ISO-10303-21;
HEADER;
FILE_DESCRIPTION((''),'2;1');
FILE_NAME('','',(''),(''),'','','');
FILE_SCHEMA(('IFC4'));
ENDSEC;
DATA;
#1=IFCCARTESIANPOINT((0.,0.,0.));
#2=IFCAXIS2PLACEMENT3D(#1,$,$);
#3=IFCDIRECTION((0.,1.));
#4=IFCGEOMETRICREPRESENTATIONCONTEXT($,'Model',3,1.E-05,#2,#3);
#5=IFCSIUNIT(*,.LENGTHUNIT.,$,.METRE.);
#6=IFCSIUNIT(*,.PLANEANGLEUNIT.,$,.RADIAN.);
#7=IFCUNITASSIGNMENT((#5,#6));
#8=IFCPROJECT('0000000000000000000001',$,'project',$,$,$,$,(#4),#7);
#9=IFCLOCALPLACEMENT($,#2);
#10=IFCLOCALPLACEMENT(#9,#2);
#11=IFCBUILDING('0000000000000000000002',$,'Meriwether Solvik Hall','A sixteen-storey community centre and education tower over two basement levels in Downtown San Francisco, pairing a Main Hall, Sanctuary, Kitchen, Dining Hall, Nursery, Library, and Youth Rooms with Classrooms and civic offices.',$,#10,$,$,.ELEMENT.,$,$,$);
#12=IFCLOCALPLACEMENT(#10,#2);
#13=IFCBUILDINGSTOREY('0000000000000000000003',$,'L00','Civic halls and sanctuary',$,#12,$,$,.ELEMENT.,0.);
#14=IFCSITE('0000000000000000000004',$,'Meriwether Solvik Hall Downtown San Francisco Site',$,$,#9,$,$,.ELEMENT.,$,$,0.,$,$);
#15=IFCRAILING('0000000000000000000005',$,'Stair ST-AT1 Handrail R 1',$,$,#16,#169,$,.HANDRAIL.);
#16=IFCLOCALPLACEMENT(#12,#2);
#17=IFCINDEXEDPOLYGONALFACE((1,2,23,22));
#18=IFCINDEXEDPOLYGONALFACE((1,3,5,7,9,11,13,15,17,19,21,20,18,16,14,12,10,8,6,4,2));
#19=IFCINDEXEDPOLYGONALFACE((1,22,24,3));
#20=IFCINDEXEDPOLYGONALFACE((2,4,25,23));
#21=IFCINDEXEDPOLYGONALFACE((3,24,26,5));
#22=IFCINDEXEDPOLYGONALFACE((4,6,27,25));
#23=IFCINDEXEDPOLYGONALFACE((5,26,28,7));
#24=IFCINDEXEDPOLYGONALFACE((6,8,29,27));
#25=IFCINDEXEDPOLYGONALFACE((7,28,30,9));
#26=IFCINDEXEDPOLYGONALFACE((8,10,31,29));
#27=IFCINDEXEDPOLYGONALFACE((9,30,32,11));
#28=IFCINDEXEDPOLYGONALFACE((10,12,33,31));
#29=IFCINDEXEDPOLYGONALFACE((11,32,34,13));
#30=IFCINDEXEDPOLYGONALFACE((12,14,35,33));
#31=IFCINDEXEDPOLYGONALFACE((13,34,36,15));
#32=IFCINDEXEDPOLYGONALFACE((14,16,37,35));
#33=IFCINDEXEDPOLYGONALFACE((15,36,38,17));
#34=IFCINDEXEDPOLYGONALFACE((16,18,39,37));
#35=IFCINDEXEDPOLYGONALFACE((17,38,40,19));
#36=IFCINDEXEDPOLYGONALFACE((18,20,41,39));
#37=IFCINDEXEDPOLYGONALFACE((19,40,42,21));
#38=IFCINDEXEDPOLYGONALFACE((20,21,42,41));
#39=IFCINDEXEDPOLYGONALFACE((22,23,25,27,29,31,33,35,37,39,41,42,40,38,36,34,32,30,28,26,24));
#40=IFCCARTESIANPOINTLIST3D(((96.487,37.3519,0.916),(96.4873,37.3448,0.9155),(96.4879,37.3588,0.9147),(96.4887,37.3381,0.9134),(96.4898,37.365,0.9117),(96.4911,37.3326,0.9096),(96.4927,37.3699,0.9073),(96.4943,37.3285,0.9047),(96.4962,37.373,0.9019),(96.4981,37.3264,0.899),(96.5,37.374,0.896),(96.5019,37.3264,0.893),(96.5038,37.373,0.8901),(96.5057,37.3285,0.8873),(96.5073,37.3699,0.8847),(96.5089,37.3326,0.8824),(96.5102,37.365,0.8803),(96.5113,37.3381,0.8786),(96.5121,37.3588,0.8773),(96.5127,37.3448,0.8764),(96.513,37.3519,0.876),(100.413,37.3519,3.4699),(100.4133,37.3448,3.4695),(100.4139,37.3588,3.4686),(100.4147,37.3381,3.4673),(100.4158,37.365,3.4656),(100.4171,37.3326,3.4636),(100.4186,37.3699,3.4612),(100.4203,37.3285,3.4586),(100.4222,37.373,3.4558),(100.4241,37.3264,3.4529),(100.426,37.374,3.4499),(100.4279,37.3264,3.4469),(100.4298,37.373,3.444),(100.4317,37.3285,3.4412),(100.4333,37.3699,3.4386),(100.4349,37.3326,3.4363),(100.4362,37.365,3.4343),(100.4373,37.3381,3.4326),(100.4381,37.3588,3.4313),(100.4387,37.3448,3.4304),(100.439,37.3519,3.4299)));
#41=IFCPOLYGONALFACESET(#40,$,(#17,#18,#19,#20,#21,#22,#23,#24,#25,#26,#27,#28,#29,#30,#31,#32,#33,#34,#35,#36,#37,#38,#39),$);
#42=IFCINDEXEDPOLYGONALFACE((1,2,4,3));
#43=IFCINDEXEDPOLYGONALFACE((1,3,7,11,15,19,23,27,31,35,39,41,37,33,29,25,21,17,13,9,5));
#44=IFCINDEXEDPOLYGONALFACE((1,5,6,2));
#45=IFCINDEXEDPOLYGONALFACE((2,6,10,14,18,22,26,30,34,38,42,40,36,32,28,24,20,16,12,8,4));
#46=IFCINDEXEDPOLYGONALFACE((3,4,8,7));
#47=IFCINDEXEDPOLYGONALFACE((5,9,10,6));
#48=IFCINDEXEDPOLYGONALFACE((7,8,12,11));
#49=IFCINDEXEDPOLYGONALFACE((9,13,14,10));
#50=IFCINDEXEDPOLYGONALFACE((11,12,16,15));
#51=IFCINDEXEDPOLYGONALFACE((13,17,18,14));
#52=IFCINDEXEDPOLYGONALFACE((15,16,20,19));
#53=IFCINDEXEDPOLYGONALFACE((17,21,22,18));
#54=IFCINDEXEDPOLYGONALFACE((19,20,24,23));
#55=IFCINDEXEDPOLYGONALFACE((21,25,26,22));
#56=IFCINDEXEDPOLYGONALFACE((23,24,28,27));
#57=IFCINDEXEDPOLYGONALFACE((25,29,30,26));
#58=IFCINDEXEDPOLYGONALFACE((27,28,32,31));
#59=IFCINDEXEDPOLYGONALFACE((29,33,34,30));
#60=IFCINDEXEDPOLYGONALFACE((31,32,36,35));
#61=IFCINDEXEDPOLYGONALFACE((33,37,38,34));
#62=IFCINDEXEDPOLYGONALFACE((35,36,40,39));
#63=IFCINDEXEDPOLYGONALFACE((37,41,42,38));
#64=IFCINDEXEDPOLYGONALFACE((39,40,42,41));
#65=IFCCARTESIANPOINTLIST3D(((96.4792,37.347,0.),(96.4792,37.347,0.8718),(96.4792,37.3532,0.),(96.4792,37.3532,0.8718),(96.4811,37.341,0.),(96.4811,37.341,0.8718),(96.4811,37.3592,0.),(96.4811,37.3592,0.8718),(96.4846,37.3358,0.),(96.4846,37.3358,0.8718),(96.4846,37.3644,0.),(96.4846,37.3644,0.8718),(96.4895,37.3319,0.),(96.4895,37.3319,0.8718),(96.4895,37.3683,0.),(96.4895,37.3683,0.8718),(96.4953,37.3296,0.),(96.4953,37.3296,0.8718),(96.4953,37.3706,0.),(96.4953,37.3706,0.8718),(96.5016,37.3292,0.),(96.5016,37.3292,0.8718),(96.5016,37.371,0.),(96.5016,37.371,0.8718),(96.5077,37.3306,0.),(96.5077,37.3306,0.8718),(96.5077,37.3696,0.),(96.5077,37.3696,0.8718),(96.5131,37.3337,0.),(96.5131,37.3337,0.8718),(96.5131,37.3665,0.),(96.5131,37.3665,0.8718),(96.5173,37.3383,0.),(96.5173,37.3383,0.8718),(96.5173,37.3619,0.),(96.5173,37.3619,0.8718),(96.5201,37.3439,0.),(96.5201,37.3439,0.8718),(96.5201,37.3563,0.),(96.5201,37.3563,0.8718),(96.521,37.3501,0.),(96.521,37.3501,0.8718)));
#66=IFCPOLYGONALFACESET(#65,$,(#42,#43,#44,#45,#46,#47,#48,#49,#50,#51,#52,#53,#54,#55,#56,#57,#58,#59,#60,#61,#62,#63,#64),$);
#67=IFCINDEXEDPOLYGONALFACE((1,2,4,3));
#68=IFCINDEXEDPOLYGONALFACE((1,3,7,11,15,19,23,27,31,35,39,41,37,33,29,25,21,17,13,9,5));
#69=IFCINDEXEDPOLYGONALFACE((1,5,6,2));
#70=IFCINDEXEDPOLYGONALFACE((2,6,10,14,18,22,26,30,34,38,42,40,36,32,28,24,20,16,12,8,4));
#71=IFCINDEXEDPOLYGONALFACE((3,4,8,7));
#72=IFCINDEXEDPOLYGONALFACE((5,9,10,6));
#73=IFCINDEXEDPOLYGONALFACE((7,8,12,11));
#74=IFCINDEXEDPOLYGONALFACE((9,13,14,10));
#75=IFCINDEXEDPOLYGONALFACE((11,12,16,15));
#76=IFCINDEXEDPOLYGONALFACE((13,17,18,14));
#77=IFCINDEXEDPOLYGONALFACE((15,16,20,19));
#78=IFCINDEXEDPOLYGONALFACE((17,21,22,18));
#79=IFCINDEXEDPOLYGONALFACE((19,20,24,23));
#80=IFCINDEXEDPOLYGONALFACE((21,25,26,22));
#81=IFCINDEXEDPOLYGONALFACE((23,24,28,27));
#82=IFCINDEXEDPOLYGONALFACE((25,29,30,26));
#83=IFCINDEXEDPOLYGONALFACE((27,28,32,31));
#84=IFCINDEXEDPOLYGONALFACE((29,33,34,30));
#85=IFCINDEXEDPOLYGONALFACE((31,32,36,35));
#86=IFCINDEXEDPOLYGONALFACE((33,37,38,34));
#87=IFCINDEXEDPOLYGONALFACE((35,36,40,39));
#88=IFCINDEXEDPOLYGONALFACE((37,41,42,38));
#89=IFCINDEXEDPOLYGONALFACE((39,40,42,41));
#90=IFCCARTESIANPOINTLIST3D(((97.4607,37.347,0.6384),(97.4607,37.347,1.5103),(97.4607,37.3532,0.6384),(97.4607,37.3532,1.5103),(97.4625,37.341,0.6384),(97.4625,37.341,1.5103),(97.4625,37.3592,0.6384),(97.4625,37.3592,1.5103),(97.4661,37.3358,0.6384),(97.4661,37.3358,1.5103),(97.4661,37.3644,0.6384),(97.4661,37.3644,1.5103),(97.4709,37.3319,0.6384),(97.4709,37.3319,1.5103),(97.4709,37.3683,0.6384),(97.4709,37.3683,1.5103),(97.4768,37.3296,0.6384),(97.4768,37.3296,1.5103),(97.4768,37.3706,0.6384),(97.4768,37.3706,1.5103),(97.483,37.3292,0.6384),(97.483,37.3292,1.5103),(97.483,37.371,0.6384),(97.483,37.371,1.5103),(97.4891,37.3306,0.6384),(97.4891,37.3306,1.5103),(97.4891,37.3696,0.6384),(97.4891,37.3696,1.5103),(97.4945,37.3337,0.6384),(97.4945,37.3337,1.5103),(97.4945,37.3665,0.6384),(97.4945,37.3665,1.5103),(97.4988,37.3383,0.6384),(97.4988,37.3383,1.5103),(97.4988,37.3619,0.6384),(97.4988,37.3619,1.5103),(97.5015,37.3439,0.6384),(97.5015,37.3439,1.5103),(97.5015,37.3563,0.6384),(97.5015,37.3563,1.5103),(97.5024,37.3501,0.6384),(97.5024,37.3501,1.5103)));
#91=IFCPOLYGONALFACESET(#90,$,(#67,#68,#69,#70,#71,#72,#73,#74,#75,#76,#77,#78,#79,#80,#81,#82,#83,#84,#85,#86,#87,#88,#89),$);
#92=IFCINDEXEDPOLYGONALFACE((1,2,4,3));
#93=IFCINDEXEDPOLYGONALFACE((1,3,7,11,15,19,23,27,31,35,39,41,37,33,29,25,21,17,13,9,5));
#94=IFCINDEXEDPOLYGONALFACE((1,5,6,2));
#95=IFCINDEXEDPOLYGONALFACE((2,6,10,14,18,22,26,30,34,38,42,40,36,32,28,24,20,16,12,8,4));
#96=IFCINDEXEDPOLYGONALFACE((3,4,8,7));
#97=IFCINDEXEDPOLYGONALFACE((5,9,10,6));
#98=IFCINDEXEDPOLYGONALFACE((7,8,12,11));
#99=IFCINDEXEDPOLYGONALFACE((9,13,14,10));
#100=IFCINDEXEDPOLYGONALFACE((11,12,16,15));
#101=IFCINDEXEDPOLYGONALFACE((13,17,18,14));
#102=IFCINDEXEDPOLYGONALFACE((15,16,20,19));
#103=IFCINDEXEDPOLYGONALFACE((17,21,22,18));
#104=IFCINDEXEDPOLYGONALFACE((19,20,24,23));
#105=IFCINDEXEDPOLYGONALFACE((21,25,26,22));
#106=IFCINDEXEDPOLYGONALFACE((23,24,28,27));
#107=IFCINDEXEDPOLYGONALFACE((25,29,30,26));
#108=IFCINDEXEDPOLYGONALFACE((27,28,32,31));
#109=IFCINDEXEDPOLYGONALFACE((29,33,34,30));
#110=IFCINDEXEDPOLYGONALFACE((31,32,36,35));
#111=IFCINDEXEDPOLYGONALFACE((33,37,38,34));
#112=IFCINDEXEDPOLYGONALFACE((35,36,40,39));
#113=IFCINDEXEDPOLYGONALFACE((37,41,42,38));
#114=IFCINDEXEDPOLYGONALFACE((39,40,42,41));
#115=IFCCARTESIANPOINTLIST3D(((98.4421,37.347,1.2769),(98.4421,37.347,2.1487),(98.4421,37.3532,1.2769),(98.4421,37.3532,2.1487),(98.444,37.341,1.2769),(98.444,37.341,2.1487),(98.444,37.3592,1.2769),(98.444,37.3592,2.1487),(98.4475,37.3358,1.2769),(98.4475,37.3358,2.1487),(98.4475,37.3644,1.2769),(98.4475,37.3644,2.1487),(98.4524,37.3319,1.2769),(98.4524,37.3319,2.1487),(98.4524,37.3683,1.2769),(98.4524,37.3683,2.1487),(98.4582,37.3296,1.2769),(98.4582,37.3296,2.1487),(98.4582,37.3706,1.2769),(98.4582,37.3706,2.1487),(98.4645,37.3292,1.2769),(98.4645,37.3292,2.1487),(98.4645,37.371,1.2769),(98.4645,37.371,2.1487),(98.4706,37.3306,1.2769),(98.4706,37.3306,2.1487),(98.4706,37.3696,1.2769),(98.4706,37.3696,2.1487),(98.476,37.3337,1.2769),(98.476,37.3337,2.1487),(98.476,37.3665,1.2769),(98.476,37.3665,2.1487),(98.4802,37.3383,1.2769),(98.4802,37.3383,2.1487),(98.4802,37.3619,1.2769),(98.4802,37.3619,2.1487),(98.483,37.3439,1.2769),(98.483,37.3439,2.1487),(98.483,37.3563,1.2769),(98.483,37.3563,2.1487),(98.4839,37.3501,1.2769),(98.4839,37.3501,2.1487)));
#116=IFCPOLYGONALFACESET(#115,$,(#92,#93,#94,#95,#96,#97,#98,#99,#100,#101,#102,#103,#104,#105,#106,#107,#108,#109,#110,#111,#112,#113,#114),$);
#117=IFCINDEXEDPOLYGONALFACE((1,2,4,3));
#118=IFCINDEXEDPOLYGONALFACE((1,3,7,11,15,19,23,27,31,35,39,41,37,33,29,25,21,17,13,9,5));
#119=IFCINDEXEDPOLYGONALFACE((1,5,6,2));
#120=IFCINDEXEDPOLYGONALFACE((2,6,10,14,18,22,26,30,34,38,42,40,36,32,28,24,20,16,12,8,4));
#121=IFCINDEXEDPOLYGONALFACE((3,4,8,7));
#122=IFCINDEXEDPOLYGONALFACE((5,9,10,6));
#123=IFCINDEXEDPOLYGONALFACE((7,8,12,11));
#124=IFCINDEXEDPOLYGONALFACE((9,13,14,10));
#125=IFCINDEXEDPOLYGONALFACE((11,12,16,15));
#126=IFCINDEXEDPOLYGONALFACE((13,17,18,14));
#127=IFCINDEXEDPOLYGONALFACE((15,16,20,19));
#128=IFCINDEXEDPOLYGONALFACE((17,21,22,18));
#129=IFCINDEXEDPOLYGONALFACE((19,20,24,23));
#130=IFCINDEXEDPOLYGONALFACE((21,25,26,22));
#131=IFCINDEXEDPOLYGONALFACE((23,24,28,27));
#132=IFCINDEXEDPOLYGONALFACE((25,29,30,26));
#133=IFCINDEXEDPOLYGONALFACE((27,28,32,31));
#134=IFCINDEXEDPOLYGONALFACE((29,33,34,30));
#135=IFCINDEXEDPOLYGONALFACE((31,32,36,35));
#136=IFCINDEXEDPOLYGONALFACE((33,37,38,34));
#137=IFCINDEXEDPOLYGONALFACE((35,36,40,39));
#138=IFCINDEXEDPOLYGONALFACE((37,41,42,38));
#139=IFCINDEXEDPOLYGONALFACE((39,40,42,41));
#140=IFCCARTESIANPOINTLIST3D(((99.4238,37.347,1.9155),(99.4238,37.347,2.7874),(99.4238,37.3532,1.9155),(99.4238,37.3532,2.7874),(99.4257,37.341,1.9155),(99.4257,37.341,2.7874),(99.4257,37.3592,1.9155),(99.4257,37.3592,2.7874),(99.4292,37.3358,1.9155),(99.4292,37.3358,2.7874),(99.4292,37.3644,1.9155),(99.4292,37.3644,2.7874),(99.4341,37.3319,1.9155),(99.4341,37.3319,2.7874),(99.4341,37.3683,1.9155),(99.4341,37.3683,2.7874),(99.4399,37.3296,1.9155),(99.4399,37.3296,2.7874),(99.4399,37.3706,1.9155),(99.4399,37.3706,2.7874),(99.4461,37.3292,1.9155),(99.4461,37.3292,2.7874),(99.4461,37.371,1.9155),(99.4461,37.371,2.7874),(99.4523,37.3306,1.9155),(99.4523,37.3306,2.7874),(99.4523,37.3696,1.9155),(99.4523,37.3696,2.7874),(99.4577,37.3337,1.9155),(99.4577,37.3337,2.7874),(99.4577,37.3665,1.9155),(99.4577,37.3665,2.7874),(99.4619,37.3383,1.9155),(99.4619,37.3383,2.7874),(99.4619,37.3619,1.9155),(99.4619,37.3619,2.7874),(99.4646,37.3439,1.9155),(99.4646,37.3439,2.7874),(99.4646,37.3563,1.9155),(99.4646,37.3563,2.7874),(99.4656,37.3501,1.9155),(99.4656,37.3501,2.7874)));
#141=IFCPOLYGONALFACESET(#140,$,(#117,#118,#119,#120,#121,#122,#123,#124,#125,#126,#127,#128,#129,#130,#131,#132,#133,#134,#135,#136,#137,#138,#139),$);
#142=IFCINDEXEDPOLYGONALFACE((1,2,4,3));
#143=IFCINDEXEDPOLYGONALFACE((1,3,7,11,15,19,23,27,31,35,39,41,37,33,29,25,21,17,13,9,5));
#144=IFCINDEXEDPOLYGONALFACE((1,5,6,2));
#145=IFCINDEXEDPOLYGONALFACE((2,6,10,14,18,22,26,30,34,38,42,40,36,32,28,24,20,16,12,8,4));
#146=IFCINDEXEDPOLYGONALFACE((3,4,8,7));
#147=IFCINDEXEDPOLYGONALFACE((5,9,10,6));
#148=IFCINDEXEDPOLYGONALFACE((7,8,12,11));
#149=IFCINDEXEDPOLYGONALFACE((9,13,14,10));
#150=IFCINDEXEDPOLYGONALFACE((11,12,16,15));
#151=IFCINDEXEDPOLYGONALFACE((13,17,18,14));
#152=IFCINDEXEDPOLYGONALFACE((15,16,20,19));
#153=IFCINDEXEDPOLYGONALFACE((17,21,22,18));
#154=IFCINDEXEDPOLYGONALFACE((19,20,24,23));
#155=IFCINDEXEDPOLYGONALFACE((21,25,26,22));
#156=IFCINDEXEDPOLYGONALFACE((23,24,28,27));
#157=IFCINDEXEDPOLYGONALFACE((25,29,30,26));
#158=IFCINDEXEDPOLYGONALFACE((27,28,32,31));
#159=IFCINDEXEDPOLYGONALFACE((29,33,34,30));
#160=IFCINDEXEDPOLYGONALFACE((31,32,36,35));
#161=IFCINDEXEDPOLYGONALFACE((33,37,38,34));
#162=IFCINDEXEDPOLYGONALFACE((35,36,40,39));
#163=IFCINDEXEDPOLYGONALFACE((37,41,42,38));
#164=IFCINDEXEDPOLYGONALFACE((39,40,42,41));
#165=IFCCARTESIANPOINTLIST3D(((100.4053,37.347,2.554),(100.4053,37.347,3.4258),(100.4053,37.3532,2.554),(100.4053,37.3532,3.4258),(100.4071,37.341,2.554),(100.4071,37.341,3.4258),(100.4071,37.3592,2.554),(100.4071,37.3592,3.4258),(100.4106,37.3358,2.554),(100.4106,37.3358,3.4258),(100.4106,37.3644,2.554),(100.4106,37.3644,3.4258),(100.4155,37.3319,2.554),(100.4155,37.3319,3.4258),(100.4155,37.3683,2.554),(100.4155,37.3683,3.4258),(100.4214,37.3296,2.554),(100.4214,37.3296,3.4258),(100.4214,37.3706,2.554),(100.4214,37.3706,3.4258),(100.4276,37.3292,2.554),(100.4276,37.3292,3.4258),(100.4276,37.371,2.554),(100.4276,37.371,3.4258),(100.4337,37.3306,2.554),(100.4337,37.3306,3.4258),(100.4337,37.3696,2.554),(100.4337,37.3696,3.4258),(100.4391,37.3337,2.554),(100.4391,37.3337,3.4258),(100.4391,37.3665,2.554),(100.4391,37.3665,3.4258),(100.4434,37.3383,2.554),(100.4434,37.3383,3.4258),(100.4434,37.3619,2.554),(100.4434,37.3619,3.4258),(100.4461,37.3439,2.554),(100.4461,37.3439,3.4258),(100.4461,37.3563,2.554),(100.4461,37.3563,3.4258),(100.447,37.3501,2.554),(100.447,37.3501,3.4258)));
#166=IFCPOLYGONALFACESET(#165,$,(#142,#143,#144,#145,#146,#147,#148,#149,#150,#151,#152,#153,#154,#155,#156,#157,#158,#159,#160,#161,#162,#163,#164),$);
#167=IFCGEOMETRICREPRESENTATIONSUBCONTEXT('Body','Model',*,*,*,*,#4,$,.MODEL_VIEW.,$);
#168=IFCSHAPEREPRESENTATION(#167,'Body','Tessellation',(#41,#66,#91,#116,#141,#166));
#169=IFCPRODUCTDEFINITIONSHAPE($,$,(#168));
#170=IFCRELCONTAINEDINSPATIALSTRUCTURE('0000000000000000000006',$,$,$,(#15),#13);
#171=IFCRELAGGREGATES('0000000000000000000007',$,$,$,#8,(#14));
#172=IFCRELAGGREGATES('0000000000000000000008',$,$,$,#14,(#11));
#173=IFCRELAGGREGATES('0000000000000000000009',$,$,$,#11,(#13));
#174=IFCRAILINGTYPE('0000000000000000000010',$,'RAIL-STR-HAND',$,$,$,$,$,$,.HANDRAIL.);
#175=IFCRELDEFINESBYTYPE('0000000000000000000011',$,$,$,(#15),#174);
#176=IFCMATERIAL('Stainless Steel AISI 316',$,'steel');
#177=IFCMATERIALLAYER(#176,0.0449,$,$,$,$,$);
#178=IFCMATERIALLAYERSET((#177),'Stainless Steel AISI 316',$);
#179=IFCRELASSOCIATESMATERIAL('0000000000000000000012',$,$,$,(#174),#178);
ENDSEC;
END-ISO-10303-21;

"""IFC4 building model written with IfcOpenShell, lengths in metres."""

from ifc_helpers import new_model, si_unit, direction, frame, origin, origin_2d, place, context, subcontext, project, spatial, circle, extrude, material, layer, layer_set, type_object, element, save


model = new_model("IFC4")

# Units and contexts
model_context = context("Model", 3, precision=1e-05, world=origin(), true_north=direction((0.0, 1.0)))
body_context = subcontext(model_context, "Body", "Model", "MODEL_VIEW")
ifc_project = project(units=[si_unit("LENGTHUNIT", "METRE"), si_unit("PLANEANGLEUNIT", "RADIAN")], contexts=[model_context])

# Site, building, storey
site_placement = place(None, origin())
site = spatial("IfcSite", under=ifc_project, at=site_placement, Name="Meriwether Solvik Hall Downtown San Francisco Site", CompositionType="ELEMENT", RefElevation=0.0)
building_placement = place(site_placement, origin())
building = spatial("IfcBuilding", under=site, at=building_placement, Name="Meriwether Solvik Hall", Description="A sixteen-storey community centre and education tower over two basement levels in Downtown San Francisco, pairing a Main Hall, Sanctuary, Kitchen, Dining Hall, Nursery, Library, and Youth Rooms with Classrooms and civic offices.", CompositionType="ELEMENT")
storey_placement = place(building_placement, origin())
storey = spatial("IfcBuildingStorey", under=building, at=storey_placement, Name="L00", Description="Civic halls and sanctuary", CompositionType="ELEMENT", Elevation=0.0)

# Railing
ifc_material_1 = material(Name="Stainless Steel AISI 316", Category="steel")
ifc_layer_1 = layer(ifc_material_1, 0.0449)
ifc_layer_set_1 = layer_set([ifc_layer_1], Name="Stainless Steel AISI 316")
railing_type_1 = type_object("IfcRailingType", Name="RAIL-STR-HAND", PredefinedType="HANDRAIL", material=ifc_layer_set_1)
railing_1_placement = place(storey_placement, frame((96.5, 37.3501, 0.0)))
element("IfcRailing", 1, at=railing_1_placement, inside=storey, type_object=railing_type_1, Name="Stair ST-AT1 Handrail R 1", PredefinedType="HANDRAIL", context=body_context, shape_type="SweptSolid", body=[
    extrude(circle(Radius=0.0239, at=origin_2d()), frame((0.0, 0.0, 0.896), z_axis=(0.838245, 0.0, 0.545294), x_axis=(0.0, 1.0, 0.0)), (0.0, 0.0, 1.0), 4.6836),
    extrude(circle(Radius=0.021, at=origin_2d()), origin(), (0.0, 0.0, 1.0), 0.8718),
    extrude(circle(Radius=0.021, at=origin_2d()), frame((0.9814, 0.0, 0.6384)), (0.0, 0.0, 1.0), 0.8718),
    extrude(circle(Radius=0.021, at=origin_2d()), frame((1.9629, 0.0, 1.2769)), (0.0, 0.0, 1.0), 0.8718),
    extrude(circle(Radius=0.021, at=origin_2d()), frame((2.9446, 0.0, 1.9155)), (0.0, 0.0, 1.0), 0.8718),
    extrude(circle(Radius=0.021, at=origin_2d()), frame((3.926, 0.0, 2.554)), (0.0, 0.0, 1.0), 0.8718),
])

save(model, "model.ifc")
